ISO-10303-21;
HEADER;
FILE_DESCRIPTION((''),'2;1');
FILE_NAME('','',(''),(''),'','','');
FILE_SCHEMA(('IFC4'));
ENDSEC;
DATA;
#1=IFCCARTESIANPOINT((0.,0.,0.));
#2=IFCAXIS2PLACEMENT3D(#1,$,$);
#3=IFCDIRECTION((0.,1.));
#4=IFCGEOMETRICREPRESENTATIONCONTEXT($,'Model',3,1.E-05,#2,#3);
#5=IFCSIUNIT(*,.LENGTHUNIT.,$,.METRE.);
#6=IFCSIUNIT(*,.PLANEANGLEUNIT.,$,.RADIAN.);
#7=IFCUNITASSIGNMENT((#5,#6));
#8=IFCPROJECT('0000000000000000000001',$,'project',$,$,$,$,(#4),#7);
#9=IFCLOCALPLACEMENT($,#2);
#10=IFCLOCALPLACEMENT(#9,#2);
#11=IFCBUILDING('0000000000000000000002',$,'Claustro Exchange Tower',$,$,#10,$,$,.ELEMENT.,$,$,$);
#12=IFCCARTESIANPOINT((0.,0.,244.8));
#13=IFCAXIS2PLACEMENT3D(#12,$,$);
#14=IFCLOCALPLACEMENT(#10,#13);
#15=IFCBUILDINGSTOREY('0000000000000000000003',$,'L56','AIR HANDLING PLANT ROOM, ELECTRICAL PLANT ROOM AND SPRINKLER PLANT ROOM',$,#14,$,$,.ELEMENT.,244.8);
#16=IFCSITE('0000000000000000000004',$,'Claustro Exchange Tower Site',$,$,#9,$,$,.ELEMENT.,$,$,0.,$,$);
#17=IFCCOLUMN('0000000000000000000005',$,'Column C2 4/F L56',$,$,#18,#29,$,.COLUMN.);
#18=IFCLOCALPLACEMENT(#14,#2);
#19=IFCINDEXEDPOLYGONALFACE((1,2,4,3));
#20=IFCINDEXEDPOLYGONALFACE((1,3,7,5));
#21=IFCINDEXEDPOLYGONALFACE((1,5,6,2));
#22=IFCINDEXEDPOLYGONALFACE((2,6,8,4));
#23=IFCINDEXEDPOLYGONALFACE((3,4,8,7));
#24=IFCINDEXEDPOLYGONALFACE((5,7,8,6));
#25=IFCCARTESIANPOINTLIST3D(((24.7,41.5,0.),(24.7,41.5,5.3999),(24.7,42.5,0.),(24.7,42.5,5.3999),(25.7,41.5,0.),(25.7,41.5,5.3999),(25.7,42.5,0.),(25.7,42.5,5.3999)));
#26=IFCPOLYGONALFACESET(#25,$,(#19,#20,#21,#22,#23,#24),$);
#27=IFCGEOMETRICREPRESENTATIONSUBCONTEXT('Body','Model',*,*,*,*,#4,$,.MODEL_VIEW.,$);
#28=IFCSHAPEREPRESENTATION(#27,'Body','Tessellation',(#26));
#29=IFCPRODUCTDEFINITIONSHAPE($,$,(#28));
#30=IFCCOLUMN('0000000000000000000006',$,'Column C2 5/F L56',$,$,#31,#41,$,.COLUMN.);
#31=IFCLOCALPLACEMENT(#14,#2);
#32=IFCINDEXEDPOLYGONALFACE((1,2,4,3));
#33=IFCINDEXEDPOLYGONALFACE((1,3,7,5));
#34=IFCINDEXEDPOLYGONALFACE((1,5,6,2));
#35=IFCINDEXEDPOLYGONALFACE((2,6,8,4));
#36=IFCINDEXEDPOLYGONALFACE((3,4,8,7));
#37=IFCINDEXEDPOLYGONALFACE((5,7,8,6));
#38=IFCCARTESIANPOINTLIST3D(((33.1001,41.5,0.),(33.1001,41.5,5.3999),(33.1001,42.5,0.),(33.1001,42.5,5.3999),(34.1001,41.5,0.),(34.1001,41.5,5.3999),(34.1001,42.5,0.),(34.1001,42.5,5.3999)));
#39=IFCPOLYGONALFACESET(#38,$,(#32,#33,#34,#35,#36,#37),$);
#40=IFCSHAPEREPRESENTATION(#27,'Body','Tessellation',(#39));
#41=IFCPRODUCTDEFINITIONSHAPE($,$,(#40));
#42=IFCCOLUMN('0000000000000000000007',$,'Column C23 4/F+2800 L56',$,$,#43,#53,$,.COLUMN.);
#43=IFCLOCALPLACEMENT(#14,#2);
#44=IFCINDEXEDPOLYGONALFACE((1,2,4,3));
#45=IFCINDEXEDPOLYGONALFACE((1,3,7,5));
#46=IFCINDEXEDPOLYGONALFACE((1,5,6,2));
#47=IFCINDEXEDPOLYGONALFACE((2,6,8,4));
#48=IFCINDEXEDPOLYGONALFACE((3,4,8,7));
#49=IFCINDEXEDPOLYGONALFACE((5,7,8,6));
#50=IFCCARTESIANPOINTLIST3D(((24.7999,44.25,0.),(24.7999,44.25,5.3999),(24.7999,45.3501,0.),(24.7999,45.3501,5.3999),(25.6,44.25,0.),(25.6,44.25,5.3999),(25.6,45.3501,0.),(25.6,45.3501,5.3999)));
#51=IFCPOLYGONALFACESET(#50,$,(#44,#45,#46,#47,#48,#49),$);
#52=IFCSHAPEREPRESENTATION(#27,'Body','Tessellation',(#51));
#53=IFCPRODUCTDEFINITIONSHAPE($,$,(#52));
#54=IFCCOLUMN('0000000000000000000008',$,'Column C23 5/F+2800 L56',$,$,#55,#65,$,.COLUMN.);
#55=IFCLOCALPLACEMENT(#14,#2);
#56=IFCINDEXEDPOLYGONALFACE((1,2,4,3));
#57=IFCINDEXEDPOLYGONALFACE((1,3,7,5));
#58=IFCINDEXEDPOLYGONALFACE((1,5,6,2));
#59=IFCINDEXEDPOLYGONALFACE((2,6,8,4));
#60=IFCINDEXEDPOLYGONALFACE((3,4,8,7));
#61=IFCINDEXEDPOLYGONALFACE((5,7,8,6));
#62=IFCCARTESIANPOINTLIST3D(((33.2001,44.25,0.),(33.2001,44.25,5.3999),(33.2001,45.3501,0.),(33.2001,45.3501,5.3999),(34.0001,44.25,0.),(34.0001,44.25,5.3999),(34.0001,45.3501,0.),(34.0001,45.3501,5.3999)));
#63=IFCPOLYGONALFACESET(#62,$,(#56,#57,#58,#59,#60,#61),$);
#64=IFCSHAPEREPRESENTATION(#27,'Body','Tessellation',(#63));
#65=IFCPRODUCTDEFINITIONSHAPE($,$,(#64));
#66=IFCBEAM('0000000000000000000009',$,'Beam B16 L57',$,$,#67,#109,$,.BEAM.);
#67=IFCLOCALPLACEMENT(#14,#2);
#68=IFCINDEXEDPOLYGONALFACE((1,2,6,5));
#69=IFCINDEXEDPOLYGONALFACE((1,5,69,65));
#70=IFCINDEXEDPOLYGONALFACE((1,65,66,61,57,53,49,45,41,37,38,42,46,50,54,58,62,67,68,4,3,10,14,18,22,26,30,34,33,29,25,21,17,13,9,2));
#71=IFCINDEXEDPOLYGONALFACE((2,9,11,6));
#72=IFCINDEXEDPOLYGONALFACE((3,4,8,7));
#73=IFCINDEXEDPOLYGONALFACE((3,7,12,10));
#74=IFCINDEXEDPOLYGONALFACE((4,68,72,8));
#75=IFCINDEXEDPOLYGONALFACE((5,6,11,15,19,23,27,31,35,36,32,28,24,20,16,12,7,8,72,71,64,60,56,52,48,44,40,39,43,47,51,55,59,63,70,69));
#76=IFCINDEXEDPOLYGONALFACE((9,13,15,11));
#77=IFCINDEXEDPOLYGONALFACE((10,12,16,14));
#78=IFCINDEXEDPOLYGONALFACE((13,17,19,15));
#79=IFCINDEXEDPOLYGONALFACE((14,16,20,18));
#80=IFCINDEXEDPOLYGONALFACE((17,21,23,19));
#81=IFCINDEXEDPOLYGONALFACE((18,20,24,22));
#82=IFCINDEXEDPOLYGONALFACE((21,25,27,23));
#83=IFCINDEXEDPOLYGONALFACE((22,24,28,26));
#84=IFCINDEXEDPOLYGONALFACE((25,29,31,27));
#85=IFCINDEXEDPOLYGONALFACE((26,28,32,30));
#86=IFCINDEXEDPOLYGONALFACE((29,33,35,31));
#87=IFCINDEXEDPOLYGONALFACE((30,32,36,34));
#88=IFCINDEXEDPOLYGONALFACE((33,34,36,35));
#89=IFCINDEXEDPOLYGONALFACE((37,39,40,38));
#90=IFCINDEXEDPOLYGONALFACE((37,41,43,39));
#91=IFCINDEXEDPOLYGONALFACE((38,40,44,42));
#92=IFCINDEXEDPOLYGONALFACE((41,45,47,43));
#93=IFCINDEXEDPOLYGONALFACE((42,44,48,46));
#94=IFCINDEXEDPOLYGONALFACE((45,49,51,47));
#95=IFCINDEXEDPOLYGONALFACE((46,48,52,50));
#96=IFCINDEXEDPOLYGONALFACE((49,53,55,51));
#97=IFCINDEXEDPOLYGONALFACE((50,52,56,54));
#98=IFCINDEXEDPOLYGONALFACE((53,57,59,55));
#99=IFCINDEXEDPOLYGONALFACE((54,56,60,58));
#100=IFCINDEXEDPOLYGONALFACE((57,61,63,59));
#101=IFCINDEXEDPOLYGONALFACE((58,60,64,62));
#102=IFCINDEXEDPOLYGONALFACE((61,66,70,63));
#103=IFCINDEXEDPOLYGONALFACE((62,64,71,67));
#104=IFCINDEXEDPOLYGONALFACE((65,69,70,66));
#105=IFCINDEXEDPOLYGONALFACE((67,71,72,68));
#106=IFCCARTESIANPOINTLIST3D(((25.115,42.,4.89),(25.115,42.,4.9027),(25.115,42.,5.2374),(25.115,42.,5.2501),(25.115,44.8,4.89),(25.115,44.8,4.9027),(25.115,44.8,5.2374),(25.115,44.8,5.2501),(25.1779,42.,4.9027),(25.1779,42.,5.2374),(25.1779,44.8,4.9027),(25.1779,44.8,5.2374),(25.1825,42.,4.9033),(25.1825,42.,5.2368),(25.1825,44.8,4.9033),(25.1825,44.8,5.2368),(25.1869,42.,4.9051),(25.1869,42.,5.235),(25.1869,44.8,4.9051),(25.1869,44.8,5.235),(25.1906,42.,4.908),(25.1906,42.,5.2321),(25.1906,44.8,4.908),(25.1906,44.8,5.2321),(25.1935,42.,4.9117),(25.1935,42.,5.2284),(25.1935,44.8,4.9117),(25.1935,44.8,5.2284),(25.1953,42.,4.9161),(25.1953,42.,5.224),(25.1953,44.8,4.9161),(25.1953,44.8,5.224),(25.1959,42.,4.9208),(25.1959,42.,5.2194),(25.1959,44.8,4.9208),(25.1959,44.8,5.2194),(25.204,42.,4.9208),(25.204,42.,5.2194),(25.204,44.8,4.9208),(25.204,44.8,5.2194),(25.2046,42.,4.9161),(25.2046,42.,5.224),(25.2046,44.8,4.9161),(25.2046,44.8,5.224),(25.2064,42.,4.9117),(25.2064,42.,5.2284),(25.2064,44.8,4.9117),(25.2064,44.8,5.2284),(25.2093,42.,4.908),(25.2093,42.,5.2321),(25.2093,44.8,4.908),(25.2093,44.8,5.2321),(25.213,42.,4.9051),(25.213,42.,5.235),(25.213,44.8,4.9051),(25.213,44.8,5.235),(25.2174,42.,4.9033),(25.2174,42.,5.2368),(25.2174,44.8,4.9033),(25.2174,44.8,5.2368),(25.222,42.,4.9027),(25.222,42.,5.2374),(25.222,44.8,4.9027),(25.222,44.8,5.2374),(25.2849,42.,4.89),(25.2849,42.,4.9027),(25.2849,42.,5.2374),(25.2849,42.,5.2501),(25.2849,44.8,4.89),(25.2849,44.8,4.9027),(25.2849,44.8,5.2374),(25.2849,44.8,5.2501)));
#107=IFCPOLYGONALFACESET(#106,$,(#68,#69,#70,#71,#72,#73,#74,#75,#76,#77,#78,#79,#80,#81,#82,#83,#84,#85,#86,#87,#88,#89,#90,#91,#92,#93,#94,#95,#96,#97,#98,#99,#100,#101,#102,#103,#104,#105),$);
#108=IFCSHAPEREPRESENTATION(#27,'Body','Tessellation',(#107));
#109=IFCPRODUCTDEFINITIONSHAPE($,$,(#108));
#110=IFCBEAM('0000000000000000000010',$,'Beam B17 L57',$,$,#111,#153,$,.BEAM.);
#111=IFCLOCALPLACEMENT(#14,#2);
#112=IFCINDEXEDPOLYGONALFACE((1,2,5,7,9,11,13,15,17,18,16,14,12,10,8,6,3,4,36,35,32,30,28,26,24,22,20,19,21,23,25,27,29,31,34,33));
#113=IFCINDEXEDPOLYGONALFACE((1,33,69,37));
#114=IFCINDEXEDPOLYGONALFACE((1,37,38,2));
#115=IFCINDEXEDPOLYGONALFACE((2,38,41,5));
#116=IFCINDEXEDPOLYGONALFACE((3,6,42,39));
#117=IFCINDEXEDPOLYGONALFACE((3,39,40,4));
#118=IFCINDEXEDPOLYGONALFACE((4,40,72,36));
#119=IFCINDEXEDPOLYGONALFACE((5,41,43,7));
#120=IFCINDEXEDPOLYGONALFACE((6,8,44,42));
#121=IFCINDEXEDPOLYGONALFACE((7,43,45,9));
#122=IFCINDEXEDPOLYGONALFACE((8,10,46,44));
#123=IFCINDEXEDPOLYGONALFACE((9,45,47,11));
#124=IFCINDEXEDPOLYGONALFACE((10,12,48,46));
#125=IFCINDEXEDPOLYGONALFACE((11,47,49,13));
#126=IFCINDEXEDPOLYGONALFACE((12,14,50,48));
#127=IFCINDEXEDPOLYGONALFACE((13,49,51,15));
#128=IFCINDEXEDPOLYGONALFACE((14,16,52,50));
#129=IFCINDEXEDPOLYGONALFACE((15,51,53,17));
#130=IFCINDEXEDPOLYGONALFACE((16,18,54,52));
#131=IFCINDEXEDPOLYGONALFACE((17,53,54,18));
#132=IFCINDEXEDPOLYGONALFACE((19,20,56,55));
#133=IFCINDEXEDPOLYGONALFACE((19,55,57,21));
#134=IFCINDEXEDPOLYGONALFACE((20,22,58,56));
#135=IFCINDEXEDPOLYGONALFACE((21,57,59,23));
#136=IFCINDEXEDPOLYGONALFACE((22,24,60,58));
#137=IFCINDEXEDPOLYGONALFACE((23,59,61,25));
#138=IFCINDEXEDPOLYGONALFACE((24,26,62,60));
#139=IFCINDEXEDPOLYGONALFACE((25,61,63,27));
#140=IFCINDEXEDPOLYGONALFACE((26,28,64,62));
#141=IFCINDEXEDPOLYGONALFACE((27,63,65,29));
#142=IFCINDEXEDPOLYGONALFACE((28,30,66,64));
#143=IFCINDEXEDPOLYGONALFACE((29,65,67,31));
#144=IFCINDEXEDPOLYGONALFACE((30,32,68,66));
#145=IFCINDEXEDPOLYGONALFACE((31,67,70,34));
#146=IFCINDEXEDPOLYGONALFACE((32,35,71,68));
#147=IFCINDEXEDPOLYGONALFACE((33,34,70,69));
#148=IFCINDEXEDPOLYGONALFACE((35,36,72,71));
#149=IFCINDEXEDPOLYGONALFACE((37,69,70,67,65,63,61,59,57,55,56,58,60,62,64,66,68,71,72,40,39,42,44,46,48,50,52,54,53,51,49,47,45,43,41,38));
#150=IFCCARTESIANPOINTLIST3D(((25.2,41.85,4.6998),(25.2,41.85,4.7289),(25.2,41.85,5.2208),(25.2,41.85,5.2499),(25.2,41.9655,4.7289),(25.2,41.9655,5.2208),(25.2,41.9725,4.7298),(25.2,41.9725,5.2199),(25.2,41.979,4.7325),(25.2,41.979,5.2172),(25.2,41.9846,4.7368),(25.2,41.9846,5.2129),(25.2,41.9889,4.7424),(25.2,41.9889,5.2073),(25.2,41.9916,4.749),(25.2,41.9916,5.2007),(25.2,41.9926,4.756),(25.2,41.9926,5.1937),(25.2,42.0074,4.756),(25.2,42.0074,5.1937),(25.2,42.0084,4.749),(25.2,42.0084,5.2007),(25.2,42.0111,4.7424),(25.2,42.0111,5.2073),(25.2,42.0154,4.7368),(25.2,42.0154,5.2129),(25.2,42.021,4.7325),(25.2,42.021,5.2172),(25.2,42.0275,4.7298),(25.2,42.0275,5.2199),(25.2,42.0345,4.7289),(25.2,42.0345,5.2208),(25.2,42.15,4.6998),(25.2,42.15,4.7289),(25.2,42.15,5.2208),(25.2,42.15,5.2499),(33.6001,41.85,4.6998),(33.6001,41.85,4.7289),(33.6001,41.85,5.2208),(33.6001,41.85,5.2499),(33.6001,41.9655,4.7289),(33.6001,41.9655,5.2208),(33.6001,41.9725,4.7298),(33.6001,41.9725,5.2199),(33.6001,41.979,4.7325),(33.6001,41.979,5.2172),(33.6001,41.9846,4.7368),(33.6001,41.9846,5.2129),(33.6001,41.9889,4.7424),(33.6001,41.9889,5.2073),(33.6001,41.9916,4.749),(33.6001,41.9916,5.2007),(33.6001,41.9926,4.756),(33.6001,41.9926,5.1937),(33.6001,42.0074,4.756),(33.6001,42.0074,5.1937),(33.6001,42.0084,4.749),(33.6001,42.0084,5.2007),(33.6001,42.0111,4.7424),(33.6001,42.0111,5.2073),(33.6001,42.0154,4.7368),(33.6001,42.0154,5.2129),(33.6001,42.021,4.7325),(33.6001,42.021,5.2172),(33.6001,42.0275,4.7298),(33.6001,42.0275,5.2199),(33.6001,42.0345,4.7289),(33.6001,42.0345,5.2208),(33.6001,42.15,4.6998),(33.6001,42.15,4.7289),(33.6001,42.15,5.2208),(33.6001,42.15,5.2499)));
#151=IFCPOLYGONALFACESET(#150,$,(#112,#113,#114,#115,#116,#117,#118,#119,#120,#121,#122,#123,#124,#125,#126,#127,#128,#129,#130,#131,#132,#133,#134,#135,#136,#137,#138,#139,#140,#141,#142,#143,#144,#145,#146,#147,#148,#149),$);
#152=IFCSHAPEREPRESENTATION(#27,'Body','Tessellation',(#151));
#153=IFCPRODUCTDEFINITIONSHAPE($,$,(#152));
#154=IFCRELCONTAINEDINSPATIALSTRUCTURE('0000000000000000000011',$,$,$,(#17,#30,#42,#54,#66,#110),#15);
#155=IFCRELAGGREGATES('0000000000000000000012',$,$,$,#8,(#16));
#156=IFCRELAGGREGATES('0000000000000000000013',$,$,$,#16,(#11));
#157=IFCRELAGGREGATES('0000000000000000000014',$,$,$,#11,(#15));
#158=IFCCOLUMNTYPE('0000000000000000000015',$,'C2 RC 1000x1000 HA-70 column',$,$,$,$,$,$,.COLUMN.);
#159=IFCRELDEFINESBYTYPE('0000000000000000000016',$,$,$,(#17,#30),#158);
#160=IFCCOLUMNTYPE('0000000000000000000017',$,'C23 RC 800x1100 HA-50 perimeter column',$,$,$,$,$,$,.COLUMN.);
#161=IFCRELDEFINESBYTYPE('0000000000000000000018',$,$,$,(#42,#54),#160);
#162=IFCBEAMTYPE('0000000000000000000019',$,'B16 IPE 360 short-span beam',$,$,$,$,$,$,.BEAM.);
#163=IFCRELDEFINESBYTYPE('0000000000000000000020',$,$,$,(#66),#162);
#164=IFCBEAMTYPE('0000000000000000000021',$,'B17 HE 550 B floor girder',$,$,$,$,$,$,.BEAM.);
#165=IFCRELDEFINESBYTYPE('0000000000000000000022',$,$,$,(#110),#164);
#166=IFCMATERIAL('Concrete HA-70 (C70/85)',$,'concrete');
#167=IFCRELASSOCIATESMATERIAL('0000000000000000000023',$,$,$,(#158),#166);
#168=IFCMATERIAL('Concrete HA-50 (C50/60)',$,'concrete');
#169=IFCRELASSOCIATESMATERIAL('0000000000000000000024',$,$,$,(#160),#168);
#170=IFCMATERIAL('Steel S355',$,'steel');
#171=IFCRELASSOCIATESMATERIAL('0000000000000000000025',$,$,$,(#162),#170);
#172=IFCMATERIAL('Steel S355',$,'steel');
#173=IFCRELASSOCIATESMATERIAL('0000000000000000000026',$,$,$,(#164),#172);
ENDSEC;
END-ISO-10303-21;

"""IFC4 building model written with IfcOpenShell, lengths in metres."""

from ifc_helpers import new_model, si_unit, direction, frame, origin, origin_2d, place, context, subcontext, project, spatial, rectangle, i_section, extrude, material, material_profile, profile_set, type_object, element, save


model = new_model("IFC4")

# Units and contexts
model_context = context("Model", 3, precision=1e-05, world=origin(), true_north=direction((0.0, 1.0)))
body_context = subcontext(model_context, "Body", "Model", "MODEL_VIEW")
ifc_project = project(units=[si_unit("LENGTHUNIT", "METRE"), si_unit("PLANEANGLEUNIT", "RADIAN")], contexts=[model_context])

# Site, building, storey
site_placement = place(None, origin())
site = spatial("IfcSite", under=ifc_project, at=site_placement, Name="Claustro Exchange Tower Site", CompositionType="ELEMENT", RefElevation=0.0)
building_placement = place(site_placement, origin())
building = spatial("IfcBuilding", under=site, at=building_placement, Name="Claustro Exchange Tower", CompositionType="ELEMENT")
storey_placement = place(building_placement, frame((0.0, 0.0, 244.8)))
storey = spatial("IfcBuildingStorey", under=building, at=storey_placement, Name="L56", Description="AIR HANDLING PLANT ROOM, ELECTRICAL PLANT ROOM AND SPRINKLER PLANT ROOM", CompositionType="ELEMENT", Elevation=244.8)

# Columns
ifc_material_1 = material(Name="Concrete HA-70 (C70/85)", Category="concrete")
ifc_material_profile_1 = material_profile(ifc_material_1, rectangle(XDim=1.0, YDim=1.0, at=origin_2d()), Name="RC 1000x1000")
ifc_profile_set_1 = profile_set([ifc_material_profile_1], Name="Concrete HA-70 (C70/85)")
column_type_1 = type_object("IfcColumnType", Name="C2 RC 1000x1000 HA-70 column", PredefinedType="COLUMN", material=ifc_profile_set_1)
for number, where, z_axis, x_axis, name in (
    (1, (25.2, 42.0, 0.0), (0.0, 0.0, 1.0), (1.0, 0.0, 0.0), "Column C2 4/F L56"),
    (2, (33.6001, 42.0, 0.0), (0.0, 0.0, 1.0), (1.0, 0.0, 0.0), "Column C2 5/F L56"),
):
    element("IfcColumn", number, at=place(storey_placement, frame(where, z_axis=z_axis, x_axis=x_axis)), inside=storey, type_object=column_type_1, Name=name, PredefinedType="COLUMN", context=body_context, shape_type="SweptSolid", body=[
        extrude(rectangle(XDim=1.0, YDim=1.0, at=origin_2d()), origin(), (0.0, 0.0, 1.0), 5.3999),
    ])
ifc_material_2 = material(Name="Concrete HA-50 (C50/60)", Category="concrete")
ifc_material_profile_2 = material_profile(ifc_material_2, rectangle(XDim=0.8, YDim=1.1001, at=origin_2d()), Name="RC 800x1100")
ifc_profile_set_2 = profile_set([ifc_material_profile_2], Name="Concrete HA-50 (C50/60)")
column_type_2 = type_object("IfcColumnType", Name="C23 RC 800x1100 HA-50 perimeter column", PredefinedType="COLUMN", material=ifc_profile_set_2)
for number, where, z_axis, x_axis, name in (
    (3, (25.2, 44.8, 0.0), (0.0, 0.0, 1.0), (1.0, 0.0, 0.0), "Column C23 4/F+2800 L56"),
    (4, (33.6001, 44.8, 0.0), (0.0, 0.0, 1.0), (1.0, 0.0, 0.0), "Column C23 5/F+2800 L56"),
):
    element("IfcColumn", number, at=place(storey_placement, frame(where, z_axis=z_axis, x_axis=x_axis)), inside=storey, type_object=column_type_2, Name=name, PredefinedType="COLUMN", context=body_context, shape_type="SweptSolid", body=[
        extrude(rectangle(XDim=0.8, YDim=1.1001, at=origin_2d()), origin(), (0.0, 0.0, 1.0), 5.3999),
    ])

# Beams
ifc_material_3 = material(Name="Steel S355", Category="steel")
ifc_material_profile_3 = material_profile(ifc_material_3, i_section(OverallWidth=0.1699, OverallDepth=0.3601, WebThickness=0.0081, FlangeThickness=0.0127, FilletRadius=0.0181, at=origin_2d()), Name="IPE 360")
ifc_profile_set_3 = profile_set([ifc_material_profile_3], Name="Steel S355")
beam_type_1 = type_object("IfcBeamType", Name="B16 IPE 360 short-span beam", PredefinedType="BEAM", material=ifc_profile_set_3)
beam_1_placement = place(storey_placement, frame((25.2, 42.0, 5.0701), z_axis=(0.0, 1.0, 0.0), x_axis=(-1.0, 0.0, 0.0)))
element("IfcBeam", 5, at=beam_1_placement, inside=storey, type_object=beam_type_1, Name="Beam B16 L57", PredefinedType="BEAM", context=body_context, shape_type="SweptSolid", body=[
    extrude(i_section(OverallWidth=0.1699, OverallDepth=0.3601, WebThickness=0.0081, FlangeThickness=0.0127, FilletRadius=0.0181, at=origin_2d()), origin(), (0.0, 0.0, 1.0), 2.8),
])
ifc_material_4 = material(Name="Steel S355", Category="steel")
ifc_material_profile_4 = material_profile(ifc_material_4, i_section(OverallWidth=0.3, OverallDepth=0.55, WebThickness=0.0149, FlangeThickness=0.0291, FilletRadius=0.0271, at=origin_2d()), Name="HE 550 B")
ifc_profile_set_4 = profile_set([ifc_material_profile_4], Name="Steel S355")
beam_type_2 = type_object("IfcBeamType", Name="B17 HE 550 B floor girder", PredefinedType="BEAM", material=ifc_profile_set_4)
beam_2_placement = place(storey_placement, frame((25.2, 42.0, 4.9749), z_axis=(1.0, 0.0, 0.0), x_axis=(0.0, 1.0, 0.0)))
element("IfcBeam", 6, at=beam_2_placement, inside=storey, type_object=beam_type_2, Name="Beam B17 L57", PredefinedType="BEAM", context=body_context, shape_type="SweptSolid", body=[
    extrude(i_section(OverallWidth=0.3, OverallDepth=0.55, WebThickness=0.0149, FlangeThickness=0.0291, FilletRadius=0.0271, at=origin_2d()), origin(), (0.0, 0.0, 1.0), 8.4001),
])

save(model, "model.ifc")
